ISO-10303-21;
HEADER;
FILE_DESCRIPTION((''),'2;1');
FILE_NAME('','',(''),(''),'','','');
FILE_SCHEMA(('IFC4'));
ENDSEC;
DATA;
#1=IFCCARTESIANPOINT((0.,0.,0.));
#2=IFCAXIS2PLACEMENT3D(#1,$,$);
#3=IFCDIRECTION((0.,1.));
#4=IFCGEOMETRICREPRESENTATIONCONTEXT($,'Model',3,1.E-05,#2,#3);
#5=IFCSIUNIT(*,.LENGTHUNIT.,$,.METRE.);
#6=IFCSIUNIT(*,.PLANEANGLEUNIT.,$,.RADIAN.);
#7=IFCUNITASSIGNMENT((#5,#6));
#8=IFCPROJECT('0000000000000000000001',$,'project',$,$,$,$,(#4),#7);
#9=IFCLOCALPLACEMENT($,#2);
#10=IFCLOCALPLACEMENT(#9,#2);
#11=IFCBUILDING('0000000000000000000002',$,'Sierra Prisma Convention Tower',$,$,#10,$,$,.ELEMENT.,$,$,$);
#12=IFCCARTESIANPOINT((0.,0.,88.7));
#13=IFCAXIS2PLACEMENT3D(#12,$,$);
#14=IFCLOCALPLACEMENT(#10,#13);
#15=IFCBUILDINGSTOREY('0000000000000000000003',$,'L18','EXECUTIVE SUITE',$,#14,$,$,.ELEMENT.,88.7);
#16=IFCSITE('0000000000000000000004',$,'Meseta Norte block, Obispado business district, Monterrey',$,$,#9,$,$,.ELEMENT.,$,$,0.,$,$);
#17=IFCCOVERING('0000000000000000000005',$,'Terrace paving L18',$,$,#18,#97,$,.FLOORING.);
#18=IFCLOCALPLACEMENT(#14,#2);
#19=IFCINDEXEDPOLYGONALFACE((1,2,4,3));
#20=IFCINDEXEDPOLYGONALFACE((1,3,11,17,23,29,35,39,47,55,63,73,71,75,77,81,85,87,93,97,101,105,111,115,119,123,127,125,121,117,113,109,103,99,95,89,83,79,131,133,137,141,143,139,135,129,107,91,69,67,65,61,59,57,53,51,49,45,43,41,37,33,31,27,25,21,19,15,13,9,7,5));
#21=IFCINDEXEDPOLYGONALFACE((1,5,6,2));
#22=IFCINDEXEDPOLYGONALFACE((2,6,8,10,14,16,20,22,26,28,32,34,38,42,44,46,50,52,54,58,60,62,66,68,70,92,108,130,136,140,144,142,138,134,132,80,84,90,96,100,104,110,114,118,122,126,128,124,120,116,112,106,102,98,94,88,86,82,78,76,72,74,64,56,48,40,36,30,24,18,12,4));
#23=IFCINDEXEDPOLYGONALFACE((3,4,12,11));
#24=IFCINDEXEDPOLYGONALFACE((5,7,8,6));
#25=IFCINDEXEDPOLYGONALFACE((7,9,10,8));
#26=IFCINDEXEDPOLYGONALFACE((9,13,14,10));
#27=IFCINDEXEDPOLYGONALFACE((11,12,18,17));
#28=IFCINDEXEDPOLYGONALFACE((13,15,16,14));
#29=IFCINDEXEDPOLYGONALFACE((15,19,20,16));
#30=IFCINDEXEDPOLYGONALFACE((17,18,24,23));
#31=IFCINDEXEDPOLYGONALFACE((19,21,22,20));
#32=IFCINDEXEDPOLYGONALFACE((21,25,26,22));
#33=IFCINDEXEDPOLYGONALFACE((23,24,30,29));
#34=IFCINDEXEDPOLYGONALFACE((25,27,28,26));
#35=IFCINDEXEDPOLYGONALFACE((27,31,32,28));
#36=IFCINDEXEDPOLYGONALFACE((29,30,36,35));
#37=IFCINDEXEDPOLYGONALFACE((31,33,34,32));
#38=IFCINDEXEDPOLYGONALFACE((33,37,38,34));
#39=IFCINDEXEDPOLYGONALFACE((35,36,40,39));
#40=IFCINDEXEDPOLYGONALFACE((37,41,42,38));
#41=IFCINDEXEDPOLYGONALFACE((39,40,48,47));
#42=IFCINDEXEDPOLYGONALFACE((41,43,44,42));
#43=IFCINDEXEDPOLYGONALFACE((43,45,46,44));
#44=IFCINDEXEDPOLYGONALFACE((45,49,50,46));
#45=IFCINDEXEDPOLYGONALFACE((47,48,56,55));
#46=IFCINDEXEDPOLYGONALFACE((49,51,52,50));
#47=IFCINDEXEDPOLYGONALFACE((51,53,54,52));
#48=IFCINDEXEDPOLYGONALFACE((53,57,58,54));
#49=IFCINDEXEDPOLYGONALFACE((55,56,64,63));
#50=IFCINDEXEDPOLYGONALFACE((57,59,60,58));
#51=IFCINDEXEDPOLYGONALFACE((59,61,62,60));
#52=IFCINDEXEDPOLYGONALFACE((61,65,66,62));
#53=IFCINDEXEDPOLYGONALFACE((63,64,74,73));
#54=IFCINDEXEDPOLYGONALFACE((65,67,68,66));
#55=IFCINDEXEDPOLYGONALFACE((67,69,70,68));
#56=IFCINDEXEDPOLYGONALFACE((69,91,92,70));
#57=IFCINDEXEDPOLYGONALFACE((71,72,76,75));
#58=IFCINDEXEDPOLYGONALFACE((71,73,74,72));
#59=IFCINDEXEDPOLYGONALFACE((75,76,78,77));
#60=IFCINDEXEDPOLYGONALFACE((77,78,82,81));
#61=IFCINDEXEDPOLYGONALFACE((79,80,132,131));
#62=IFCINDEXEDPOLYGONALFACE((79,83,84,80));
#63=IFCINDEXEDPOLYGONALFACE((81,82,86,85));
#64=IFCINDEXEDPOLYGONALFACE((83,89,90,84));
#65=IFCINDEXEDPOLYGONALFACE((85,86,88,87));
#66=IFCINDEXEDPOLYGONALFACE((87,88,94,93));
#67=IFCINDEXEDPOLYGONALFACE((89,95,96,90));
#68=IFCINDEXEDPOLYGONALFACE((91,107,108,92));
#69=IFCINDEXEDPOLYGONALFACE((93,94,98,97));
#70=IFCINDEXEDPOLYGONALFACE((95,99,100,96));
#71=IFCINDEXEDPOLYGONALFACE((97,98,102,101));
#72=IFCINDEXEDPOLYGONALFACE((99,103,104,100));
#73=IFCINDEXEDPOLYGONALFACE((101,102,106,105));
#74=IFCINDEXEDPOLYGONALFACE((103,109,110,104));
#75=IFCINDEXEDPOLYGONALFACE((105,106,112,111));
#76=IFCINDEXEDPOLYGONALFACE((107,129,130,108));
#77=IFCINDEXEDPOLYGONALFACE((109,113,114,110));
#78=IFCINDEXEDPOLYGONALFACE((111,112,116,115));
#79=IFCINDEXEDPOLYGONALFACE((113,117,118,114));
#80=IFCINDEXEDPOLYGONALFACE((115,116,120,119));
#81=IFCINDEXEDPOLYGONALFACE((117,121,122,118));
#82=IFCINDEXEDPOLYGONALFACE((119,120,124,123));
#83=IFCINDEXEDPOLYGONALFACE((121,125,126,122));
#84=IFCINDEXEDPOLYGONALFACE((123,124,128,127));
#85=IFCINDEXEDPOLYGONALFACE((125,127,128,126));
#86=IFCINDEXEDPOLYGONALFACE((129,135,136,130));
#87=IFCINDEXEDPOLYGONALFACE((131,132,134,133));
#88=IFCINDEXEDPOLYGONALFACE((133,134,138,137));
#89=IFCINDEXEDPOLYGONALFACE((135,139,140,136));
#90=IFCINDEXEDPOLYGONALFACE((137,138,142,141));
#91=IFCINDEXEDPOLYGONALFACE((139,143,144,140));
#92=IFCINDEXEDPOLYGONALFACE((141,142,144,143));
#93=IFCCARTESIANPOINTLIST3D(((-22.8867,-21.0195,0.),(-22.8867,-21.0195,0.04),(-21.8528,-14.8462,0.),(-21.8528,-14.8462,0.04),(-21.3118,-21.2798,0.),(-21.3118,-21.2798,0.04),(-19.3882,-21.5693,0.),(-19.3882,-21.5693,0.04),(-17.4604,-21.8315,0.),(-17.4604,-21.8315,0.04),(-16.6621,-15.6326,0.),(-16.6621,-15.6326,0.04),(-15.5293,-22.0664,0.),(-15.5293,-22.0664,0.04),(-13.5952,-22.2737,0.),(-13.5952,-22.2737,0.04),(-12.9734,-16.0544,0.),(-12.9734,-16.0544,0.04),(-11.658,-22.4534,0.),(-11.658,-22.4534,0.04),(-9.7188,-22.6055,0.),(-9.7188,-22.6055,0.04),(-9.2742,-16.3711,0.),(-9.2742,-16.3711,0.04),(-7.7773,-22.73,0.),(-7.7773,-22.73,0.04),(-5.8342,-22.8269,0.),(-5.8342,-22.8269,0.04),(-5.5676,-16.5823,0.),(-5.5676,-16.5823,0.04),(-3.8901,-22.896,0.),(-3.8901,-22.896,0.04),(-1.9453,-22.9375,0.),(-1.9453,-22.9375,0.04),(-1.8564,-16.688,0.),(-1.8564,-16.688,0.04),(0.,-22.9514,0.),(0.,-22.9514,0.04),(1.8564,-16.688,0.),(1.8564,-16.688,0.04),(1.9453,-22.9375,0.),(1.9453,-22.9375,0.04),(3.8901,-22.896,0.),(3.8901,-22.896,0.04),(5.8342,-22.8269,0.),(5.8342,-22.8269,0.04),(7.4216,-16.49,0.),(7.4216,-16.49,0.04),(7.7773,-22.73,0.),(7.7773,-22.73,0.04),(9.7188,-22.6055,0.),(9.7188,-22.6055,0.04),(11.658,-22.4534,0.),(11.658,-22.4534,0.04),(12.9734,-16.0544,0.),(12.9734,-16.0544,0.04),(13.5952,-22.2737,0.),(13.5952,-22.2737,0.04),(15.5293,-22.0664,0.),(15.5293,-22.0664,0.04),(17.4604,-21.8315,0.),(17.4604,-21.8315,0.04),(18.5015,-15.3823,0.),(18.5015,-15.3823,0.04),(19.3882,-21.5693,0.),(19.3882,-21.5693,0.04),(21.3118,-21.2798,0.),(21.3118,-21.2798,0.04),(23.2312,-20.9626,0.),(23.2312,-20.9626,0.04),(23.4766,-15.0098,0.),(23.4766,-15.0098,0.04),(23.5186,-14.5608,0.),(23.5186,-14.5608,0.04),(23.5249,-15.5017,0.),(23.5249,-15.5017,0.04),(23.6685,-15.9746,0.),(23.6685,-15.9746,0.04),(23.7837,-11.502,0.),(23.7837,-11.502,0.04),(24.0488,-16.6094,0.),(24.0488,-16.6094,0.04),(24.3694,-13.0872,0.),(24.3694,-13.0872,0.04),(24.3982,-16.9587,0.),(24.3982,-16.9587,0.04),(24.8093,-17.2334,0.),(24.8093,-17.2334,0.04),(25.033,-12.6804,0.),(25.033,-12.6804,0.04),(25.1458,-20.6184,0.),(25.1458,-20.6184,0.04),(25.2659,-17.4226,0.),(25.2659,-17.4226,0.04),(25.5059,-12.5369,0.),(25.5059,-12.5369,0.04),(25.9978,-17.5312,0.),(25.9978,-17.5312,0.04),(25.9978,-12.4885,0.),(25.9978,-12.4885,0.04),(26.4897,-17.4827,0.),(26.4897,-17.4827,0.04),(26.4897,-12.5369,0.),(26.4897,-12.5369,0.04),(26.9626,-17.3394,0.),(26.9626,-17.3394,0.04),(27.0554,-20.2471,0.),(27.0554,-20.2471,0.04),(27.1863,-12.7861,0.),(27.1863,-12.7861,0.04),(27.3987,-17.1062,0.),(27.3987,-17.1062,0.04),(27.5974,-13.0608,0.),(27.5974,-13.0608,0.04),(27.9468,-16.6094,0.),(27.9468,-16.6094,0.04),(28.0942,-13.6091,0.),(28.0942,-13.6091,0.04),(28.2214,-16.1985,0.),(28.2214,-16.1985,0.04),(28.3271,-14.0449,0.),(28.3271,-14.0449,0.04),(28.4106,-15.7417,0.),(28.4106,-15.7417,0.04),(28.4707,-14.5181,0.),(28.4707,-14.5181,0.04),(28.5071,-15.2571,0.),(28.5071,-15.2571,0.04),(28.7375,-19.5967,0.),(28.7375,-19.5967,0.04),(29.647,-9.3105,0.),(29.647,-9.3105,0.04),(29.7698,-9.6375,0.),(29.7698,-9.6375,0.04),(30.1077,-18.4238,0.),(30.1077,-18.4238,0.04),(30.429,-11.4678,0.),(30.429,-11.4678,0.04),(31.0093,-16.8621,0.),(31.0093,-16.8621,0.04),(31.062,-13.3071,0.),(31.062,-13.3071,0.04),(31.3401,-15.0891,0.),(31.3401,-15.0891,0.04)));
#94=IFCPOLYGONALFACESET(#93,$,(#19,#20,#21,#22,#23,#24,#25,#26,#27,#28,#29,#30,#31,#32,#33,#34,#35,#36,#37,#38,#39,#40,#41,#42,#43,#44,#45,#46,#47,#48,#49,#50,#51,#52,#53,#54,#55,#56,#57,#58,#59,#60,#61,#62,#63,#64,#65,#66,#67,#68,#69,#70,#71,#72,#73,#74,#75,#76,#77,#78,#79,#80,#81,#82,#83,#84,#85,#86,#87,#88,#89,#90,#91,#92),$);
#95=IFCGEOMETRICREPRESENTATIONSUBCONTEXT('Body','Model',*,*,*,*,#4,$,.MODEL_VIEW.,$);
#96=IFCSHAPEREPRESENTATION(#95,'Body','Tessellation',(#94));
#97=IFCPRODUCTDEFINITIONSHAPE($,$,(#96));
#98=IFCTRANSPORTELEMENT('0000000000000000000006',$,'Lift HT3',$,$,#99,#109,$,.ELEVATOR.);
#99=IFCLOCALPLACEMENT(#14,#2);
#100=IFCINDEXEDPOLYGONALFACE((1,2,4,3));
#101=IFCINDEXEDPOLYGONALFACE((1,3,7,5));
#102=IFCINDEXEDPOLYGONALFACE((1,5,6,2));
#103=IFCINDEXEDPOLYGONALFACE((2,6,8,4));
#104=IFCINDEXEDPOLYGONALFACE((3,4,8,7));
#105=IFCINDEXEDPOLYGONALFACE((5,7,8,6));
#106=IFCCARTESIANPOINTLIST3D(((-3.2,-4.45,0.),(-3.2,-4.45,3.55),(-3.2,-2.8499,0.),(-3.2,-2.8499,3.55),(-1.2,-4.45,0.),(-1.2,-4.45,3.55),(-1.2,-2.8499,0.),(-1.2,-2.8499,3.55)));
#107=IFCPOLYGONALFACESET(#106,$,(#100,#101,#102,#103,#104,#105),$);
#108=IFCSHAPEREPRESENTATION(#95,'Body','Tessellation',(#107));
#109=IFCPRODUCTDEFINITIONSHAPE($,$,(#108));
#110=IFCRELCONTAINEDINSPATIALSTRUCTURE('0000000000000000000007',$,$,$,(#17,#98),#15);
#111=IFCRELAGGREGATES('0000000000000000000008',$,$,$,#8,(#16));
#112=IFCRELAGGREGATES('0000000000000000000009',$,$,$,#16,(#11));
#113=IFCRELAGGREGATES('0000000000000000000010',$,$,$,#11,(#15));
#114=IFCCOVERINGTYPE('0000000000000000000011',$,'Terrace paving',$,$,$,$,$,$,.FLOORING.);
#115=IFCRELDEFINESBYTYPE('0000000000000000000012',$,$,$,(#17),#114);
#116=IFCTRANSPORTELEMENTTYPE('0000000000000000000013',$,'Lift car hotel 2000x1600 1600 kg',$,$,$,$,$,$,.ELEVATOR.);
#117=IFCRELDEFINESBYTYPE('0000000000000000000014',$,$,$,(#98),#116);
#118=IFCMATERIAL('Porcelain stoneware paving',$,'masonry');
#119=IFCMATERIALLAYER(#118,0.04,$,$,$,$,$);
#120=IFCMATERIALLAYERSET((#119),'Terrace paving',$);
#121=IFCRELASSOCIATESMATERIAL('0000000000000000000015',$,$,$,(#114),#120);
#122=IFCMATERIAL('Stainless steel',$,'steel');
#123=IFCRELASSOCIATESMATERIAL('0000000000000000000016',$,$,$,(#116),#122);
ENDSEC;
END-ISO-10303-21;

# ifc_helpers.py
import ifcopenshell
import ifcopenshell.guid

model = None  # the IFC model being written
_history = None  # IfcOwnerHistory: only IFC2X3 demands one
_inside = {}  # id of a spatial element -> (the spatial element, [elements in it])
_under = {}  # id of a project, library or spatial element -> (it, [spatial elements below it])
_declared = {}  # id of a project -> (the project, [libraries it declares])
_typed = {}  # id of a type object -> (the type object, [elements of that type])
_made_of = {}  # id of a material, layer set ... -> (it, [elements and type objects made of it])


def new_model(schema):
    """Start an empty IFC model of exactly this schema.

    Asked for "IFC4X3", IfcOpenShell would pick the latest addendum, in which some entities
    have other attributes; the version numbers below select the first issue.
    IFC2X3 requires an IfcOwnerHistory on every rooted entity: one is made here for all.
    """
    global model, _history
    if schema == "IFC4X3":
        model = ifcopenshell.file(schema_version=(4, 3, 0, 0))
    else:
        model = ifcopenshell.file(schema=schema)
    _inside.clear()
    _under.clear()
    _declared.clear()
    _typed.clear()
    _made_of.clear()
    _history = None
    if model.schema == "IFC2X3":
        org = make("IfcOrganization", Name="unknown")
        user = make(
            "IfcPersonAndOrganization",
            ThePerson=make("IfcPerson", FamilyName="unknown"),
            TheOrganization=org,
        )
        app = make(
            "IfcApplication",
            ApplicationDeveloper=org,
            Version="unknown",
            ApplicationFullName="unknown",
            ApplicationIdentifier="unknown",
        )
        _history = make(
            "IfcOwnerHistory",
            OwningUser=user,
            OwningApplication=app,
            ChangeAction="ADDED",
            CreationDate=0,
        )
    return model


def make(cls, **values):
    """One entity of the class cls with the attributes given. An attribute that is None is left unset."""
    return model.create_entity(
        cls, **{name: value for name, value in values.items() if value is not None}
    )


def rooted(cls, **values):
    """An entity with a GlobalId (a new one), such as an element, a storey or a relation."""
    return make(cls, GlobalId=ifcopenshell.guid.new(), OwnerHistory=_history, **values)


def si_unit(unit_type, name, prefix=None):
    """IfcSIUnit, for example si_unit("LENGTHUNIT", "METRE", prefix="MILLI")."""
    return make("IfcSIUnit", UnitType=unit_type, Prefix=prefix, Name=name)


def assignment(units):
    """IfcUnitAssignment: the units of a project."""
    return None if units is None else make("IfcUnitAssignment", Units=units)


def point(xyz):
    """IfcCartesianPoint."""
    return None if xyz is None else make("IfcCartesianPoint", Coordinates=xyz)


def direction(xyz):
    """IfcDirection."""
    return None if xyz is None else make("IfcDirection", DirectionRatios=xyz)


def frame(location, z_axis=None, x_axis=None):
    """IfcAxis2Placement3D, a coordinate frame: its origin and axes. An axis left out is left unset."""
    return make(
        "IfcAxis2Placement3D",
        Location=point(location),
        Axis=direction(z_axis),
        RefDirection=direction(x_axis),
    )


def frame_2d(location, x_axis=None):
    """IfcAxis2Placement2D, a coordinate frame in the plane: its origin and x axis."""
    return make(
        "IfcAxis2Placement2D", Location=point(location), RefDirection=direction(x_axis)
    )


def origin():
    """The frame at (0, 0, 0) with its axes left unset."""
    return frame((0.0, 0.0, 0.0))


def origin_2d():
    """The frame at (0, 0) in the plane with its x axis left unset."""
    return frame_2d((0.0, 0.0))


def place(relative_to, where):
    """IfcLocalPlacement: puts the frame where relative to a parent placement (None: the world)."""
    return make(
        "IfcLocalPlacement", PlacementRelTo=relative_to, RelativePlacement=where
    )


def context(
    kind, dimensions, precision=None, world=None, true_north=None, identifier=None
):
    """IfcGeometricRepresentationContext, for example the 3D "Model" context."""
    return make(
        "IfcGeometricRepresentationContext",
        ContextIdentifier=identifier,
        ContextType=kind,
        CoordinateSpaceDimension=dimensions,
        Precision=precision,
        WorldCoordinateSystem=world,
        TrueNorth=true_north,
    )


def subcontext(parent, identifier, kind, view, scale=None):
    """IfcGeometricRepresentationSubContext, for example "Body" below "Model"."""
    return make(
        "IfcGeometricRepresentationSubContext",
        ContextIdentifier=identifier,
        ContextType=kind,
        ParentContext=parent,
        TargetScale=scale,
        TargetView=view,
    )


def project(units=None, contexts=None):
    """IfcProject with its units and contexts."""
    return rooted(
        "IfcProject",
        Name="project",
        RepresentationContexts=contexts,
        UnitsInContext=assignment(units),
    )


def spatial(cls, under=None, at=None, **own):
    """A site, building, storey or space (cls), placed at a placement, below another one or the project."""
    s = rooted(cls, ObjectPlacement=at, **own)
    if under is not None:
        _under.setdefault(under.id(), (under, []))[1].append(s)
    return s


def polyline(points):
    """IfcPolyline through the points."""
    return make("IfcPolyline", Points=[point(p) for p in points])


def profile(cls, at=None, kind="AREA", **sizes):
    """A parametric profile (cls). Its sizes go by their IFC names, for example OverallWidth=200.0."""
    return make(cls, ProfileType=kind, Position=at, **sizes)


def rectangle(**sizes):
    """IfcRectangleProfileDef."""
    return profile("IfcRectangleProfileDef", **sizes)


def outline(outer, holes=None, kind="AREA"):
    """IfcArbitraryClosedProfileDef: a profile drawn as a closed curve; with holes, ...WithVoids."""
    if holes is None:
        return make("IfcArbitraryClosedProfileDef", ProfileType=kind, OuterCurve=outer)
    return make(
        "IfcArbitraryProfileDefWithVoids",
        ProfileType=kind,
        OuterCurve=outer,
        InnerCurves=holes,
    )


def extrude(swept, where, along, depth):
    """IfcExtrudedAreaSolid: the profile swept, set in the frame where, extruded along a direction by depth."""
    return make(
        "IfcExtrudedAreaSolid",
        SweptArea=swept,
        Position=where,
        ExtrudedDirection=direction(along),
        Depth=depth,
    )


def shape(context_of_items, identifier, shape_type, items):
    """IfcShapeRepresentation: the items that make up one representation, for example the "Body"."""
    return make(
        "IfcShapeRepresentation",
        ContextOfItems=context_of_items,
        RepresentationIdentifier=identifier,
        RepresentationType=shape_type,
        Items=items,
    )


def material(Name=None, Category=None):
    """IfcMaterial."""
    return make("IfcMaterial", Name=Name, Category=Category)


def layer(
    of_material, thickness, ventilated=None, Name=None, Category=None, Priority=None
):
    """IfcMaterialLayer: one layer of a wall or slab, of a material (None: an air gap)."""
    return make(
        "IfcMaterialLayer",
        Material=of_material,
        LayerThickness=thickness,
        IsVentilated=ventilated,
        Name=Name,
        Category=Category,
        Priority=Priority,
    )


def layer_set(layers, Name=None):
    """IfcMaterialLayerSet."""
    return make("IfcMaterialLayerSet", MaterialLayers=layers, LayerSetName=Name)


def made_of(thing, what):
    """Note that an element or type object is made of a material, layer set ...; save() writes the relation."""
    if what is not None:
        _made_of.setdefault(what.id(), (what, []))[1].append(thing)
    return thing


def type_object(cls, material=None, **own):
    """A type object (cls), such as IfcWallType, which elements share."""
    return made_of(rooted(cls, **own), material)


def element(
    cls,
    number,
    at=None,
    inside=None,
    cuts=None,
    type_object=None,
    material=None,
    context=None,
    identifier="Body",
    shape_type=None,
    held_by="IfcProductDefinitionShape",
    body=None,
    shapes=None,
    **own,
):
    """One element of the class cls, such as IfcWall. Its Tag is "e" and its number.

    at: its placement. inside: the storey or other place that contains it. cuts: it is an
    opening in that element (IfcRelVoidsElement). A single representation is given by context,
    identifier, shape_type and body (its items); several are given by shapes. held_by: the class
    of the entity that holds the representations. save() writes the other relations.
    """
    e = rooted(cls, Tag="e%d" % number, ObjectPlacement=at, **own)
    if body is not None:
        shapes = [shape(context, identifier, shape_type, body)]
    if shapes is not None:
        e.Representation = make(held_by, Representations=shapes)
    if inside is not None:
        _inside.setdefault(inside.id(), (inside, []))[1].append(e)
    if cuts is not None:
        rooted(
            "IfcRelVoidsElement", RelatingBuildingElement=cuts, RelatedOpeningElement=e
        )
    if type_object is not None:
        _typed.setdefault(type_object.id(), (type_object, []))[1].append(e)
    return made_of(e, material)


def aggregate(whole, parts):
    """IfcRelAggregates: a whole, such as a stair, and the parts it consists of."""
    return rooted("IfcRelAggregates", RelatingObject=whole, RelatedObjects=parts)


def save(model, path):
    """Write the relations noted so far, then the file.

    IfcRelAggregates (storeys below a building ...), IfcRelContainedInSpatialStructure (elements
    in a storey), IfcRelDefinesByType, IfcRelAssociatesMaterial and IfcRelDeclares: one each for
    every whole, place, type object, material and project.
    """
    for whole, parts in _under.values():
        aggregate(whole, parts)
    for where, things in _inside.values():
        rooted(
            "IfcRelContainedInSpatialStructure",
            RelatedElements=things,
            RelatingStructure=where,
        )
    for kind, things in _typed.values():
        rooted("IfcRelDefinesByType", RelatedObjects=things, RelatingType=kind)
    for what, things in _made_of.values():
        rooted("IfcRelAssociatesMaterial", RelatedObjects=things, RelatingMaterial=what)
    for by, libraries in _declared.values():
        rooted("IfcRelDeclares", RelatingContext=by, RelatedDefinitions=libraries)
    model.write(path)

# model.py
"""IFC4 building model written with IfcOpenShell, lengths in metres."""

from ifc_helpers import new_model, si_unit, direction, frame, origin, origin_2d, place, context, subcontext, project, spatial, polyline, rectangle, outline, extrude, material, layer, layer_set, type_object, element, save


model = new_model("IFC4")

# Units and contexts
model_context = context("Model", 3, precision=1e-05, world=origin(), true_north=direction((0.0, 1.0)))
body_context = subcontext(model_context, "Body", "Model", "MODEL_VIEW")
ifc_project = project(units=[si_unit("LENGTHUNIT", "METRE"), si_unit("PLANEANGLEUNIT", "RADIAN")], contexts=[model_context])

# Site, building, storey
site_placement = place(None, origin())
site = spatial("IfcSite", under=ifc_project, at=site_placement, Name="Meseta Norte block, Obispado business district, Monterrey", CompositionType="ELEMENT", RefElevation=0.0)
building_placement = place(site_placement, origin())
building = spatial("IfcBuilding", under=site, at=building_placement, Name="Sierra Prisma Convention Tower", CompositionType="ELEMENT")
storey_placement = place(building_placement, frame((0.0, 0.0, 88.7)))
storey = spatial("IfcBuildingStorey", under=building, at=storey_placement, Name="L18", Description="EXECUTIVE SUITE", CompositionType="ELEMENT", Elevation=88.7)

# Covering
ifc_material_1 = material(Name="Porcelain stoneware paving", Category="masonry")
ifc_layer_1 = layer(ifc_material_1, 0.04)
ifc_layer_set_1 = layer_set([ifc_layer_1], Name="Terrace paving")
covering_type_1 = type_object("IfcCoveringType", Name="Terrace paving", PredefinedType="FLOORING", material=ifc_layer_set_1)
covering_1_placement = place(storey_placement, origin())
element("IfcCovering", 1, at=covering_1_placement, inside=storey, type_object=covering_type_1, Name="Terrace paving L18", PredefinedType="FLOORING", context=body_context, shape_type="SweptSolid", body=[
    extrude(outline(polyline([(-22.8867, -21.0195), (-21.3118, -21.2798), (-19.3882, -21.5693), (-17.4604, -21.8315), (-15.5293, -22.0664), (-13.5952, -22.2737), (-11.658, -22.4534), (-9.7188, -22.6055), (-7.7773, -22.73), (-5.8342, -22.8269), (-3.8901, -22.896), (-1.9453, -22.9375), (0.0, -22.9514), (1.9453, -22.9375), (3.8901, -22.896), (5.8342, -22.8269), (7.7773, -22.73), (9.7188, -22.6055), (11.658, -22.4534), (13.5952, -22.2737), (15.5293, -22.0664), (17.4604, -21.8315), (19.3882, -21.5693), (21.3118, -21.2798), (23.2312, -20.9626), (25.1458, -20.6184), (27.0554, -20.2471), (28.7375, -19.5967), (30.1077, -18.4238), (31.0093, -16.8621), (31.3401, -15.0891), (31.062, -13.3071), (30.429, -11.4678), (29.7698, -9.6375), (29.647, -9.3105), (23.7837, -11.502), (24.3694, -13.0872), (25.033, -12.6804), (25.5059, -12.5369), (25.9978, -12.4885), (26.4897, -12.5369), (27.1863, -12.7861), (27.5974, -13.0608), (28.0942, -13.6091), (28.3271, -14.0449), (28.4707, -14.5181), (28.5071, -15.2571), (28.4106, -15.7417), (28.2214, -16.1985), (27.9468, -16.6094), (27.3987, -17.1062), (26.9626, -17.3394), (26.4897, -17.4827), (25.9978, -17.5312), (25.2659, -17.4226), (24.8093, -17.2334), (24.3982, -16.9587), (24.0488, -16.6094), (23.6685, -15.9746), (23.5249, -15.5017), (23.4766, -15.0098), (23.5186, -14.5608), (18.5015, -15.3823), (12.9734, -16.0544), (7.4216, -16.49), (1.8564, -16.688), (-1.8564, -16.688), (-5.5676, -16.5823), (-9.2742, -16.3711), (-12.9734, -16.0544), (-16.6621, -15.6326), (-21.8528, -14.8462), (-22.8867, -21.0195)])), origin(), (0.0, 0.0, 1.0), 0.04),
])

# Transport element
ifc_material_2 = material(Name="Stainless steel", Category="steel")
transport_element_type = type_object("IfcTransportElementType", Name="Lift car hotel 2000x1600 1600 kg", PredefinedType="ELEVATOR", material=ifc_material_2)
transport_element_placement = place(storey_placement, frame((-2.2, -3.6499, 0.0), z_axis=(0.0, 0.0, 1.0), x_axis=(1.0, 0.0, 0.0)))
element("IfcTransportElement", 2, at=transport_element_placement, inside=storey, type_object=transport_element_type, Name="Lift HT3", PredefinedType="ELEVATOR", context=body_context, shape_type="SweptSolid", body=[
    extrude(rectangle(XDim=2.0, YDim=1.6001, at=origin_2d()), origin(), (0.0, 0.0, 1.0), 3.55),
])

save(model, "model.ifc")
